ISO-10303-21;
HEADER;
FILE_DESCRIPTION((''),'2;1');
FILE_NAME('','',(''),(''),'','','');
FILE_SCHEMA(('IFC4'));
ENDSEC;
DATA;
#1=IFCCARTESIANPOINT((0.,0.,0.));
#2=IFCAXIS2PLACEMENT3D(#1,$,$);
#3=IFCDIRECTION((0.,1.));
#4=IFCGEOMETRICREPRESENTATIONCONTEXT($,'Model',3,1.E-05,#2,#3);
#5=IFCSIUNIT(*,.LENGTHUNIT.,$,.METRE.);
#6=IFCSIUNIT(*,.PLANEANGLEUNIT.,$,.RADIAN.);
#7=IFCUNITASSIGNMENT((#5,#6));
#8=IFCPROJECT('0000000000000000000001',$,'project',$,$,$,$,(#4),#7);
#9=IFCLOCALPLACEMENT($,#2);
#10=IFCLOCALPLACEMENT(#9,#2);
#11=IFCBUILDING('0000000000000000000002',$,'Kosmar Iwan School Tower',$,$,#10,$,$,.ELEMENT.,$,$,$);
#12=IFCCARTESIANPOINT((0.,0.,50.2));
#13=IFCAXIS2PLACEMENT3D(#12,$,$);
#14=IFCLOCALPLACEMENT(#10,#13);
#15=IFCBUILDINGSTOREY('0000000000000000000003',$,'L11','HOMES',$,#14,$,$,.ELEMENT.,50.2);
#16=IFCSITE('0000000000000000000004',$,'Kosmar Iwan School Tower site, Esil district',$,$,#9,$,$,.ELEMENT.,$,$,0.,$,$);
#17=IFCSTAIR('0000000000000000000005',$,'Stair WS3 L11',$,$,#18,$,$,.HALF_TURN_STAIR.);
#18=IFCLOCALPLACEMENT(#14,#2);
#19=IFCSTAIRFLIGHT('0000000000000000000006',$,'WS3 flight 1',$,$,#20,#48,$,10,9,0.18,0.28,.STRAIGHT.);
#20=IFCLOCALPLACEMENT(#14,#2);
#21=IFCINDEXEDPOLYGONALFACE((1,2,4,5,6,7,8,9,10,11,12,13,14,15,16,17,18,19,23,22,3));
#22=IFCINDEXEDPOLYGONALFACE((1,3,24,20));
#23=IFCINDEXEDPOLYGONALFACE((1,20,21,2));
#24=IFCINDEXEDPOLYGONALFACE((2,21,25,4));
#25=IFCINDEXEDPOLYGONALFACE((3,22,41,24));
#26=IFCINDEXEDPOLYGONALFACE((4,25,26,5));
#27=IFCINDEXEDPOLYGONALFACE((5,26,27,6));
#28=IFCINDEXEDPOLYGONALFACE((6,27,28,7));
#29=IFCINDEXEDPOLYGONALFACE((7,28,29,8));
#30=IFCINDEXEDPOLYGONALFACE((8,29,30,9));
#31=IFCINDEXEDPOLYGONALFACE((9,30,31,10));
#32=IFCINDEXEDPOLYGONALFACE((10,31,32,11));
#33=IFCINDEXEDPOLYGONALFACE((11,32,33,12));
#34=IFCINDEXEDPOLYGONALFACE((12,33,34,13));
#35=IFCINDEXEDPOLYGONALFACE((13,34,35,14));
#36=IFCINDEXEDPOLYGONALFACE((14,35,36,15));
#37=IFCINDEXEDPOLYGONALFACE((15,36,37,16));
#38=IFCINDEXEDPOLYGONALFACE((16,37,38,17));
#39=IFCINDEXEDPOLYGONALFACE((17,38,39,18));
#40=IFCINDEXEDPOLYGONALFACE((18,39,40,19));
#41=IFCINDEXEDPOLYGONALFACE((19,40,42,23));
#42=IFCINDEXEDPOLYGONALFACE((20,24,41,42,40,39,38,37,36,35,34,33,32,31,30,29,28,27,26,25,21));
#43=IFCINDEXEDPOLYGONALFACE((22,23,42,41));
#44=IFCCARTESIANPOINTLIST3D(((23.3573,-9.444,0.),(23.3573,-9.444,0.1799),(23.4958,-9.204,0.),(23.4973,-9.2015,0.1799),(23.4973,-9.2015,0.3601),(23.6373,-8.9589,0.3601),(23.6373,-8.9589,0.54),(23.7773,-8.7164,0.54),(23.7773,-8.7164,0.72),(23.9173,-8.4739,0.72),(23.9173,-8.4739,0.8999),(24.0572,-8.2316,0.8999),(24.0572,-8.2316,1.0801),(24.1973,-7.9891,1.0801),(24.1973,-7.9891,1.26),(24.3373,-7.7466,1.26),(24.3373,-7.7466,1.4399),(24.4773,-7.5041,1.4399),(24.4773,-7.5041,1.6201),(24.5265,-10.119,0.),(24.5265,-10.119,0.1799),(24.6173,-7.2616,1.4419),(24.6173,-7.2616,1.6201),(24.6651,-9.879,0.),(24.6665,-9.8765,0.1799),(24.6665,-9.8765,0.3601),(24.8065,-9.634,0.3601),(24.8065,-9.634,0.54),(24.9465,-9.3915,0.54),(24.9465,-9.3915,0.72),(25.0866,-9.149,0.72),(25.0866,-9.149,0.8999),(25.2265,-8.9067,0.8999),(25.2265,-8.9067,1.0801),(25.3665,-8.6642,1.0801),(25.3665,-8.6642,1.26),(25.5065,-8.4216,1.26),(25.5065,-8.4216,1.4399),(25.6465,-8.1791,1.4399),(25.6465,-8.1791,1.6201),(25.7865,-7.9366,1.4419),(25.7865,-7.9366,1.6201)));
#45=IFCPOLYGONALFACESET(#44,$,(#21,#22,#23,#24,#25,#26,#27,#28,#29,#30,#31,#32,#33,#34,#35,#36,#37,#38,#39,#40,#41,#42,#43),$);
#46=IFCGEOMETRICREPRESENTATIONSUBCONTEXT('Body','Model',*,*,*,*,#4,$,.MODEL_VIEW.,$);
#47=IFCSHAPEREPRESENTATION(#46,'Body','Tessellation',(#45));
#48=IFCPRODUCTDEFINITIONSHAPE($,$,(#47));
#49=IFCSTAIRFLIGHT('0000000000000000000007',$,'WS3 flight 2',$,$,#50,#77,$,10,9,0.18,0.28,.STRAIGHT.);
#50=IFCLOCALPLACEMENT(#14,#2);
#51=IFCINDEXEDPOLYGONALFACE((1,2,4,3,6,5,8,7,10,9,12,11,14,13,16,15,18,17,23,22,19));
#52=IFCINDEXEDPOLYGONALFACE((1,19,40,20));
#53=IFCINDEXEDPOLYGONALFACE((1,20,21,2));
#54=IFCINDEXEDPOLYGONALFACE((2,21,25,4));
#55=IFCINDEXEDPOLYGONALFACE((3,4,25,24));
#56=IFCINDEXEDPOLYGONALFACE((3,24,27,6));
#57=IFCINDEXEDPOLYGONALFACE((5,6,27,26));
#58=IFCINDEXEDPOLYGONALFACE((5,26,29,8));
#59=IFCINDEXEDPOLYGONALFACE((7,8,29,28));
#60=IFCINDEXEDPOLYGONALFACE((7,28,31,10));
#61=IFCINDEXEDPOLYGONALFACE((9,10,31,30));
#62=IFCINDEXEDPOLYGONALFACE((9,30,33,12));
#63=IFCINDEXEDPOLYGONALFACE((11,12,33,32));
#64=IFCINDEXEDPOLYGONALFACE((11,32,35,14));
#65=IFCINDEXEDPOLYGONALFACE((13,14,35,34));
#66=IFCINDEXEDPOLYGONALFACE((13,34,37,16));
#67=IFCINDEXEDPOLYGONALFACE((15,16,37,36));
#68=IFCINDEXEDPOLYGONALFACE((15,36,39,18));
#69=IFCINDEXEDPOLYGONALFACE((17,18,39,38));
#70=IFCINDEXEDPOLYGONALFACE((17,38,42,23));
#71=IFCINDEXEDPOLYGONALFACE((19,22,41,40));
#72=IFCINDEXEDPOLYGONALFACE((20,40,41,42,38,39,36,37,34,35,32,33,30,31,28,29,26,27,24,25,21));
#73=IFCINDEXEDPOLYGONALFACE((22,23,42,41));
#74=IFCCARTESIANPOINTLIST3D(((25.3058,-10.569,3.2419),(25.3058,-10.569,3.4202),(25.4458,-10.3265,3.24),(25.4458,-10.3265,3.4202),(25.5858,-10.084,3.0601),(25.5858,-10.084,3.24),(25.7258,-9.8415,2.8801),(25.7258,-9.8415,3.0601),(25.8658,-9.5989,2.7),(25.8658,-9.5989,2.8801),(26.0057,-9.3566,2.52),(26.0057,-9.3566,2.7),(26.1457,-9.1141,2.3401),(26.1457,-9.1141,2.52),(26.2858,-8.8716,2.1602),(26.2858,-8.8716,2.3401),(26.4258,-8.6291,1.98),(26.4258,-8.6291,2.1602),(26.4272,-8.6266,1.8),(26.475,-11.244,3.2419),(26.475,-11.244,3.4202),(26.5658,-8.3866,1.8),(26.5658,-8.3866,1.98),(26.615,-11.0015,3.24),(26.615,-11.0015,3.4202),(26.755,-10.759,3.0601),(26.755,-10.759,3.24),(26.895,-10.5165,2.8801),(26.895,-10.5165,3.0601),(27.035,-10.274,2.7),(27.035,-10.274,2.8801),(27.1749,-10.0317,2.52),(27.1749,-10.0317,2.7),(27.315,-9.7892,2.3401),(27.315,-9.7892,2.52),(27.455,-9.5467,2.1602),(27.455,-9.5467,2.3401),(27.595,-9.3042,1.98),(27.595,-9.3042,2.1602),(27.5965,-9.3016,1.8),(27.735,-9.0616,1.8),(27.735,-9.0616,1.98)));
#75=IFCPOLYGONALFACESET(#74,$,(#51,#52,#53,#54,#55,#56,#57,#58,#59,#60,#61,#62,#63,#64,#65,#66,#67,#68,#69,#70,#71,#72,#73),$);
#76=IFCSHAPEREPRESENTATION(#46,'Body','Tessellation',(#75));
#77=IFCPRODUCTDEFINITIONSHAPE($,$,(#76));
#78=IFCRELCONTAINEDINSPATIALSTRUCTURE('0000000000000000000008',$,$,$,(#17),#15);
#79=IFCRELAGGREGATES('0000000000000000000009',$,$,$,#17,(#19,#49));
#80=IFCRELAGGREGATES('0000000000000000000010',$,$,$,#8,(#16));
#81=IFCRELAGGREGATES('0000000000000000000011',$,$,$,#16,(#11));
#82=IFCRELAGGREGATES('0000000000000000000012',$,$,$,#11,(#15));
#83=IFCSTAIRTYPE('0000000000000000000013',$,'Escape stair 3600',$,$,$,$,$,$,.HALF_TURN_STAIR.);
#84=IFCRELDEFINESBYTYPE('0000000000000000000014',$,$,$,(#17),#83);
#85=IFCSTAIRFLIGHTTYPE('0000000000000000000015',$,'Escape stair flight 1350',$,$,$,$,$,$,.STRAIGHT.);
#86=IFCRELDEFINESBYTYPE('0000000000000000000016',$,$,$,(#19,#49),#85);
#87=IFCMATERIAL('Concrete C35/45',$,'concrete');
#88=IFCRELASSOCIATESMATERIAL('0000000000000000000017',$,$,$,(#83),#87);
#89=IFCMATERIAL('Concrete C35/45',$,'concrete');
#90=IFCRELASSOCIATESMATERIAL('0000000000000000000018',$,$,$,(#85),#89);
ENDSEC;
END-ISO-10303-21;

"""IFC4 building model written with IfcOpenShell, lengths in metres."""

from ifc_helpers import new_model, si_unit, direction, frame, origin, place, context, subcontext, project, spatial, polyline, outline, extrude, material, type_object, element, aggregate, save


model = new_model("IFC4")

# Units and contexts
model_context = context("Model", 3, precision=1e-05, world=origin(), true_north=direction((0.0, 1.0)))
body_context = subcontext(model_context, "Body", "Model", "MODEL_VIEW")
ifc_project = project(units=[si_unit("LENGTHUNIT", "METRE"), si_unit("PLANEANGLEUNIT", "RADIAN")], contexts=[model_context])

# Site, building, storey
site_placement = place(None, origin())
site = spatial("IfcSite", under=ifc_project, at=site_placement, Name="Kosmar Iwan School Tower site, Esil district", CompositionType="ELEMENT", RefElevation=0.0)
building_placement = place(site_placement, origin())
building = spatial("IfcBuilding", under=site, at=building_placement, Name="Kosmar Iwan School Tower", CompositionType="ELEMENT")
storey_placement = place(building_placement, frame((0.0, 0.0, 50.2)))
storey = spatial("IfcBuildingStorey", under=building, at=storey_placement, Name="L11", Description="HOMES", CompositionType="ELEMENT", Elevation=50.2)

# Stair, stair flights
ifc_material_1 = material(Name="Concrete C35/45", Category="concrete")
stair_type = type_object("IfcStairType", Name="Escape stair 3600", PredefinedType="HALF_TURN_STAIR", material=ifc_material_1)
stair_placement = place(storey_placement, origin())
stair = element("IfcStair", 1, at=stair_placement, inside=storey, type_object=stair_type, Name="Stair WS3 L11", PredefinedType="HALF_TURN_STAIR")
ifc_material_2 = material(Name="Concrete C35/45", Category="concrete")
stair_flight_type = type_object("IfcStairFlightType", Name="Escape stair flight 1350", PredefinedType="STRAIGHT", material=ifc_material_2)
stair_flight_1_placement = place(storey_placement, frame((23.9419, -9.7815, 0.0), z_axis=(0.0, 0.0, 1.0), x_axis=(0.5, 0.866025, 0.0)))
stair_flight_1 = element("IfcStairFlight", 2, at=stair_flight_1_placement, type_object=stair_flight_type, Name="WS3 flight 1", NumberOfRisers=10, NumberOfTreads=9, PredefinedType="STRAIGHT", RiserHeight=0.18, TreadLength=0.28, context=body_context, shape_type="SweptSolid", body=[
    extrude(outline(polyline([(0.0, 0.0), (0.0, 0.1799), (0.28, 0.1799), (0.28, 0.3601), (0.5601, 0.3601), (0.5601, 0.54), (0.8401, 0.54), (0.8401, 0.72), (1.1201, 0.72), (1.1201, 0.8999), (1.3999, 0.8999), (1.3999, 1.0801), (1.6799, 1.0801), (1.6799, 1.26), (1.96, 1.26), (1.96, 1.4399), (2.24, 1.4399), (2.24, 1.6201), (2.52, 1.6201), (2.52, 1.8), (2.52, 1.4419), (0.2771, 0.0), (0.0, 0.0)])), frame((0.0, 0.675, 0.0), z_axis=(0.0, -1.0, 0.0), x_axis=(1.0, 0.0, 0.0)), (0.0, 0.0, 1.0), 1.3501),
])
stair_flight_2_placement = place(storey_placement, frame((27.1504, -8.7241, 1.8), z_axis=(0.0, 0.0, 1.0), x_axis=(-0.5, -0.866025, 0.0)))
stair_flight_2 = element("IfcStairFlight", 3, at=stair_flight_2_placement, type_object=stair_flight_type, Name="WS3 flight 2", NumberOfRisers=10, NumberOfTreads=9, PredefinedType="STRAIGHT", RiserHeight=0.18, TreadLength=0.28, context=body_context, shape_type="SweptSolid", body=[
    extrude(outline(polyline([(0.0, 0.0), (0.0, 0.1799), (0.28, 0.1799), (0.28, 0.3601), (0.5601, 0.3601), (0.5601, 0.54), (0.8401, 0.54), (0.8401, 0.72), (1.1201, 0.72), (1.1201, 0.8999), (1.3999, 0.8999), (1.3999, 1.0801), (1.6799, 1.0801), (1.6799, 1.26), (1.96, 1.26), (1.96, 1.4399), (2.24, 1.4399), (2.24, 1.6201), (2.52, 1.6201), (2.52, 1.8), (2.52, 1.4419), (0.2771, 0.0), (0.0, 0.0)])), frame((0.0, 0.675, 0.0), z_axis=(0.0, -1.0, 0.0), x_axis=(1.0, 0.0, 0.0)), (0.0, 0.0, 1.0), 1.3501),
])
aggregate(stair, [stair_flight_1, stair_flight_2])

save(model, "model.ifc")
